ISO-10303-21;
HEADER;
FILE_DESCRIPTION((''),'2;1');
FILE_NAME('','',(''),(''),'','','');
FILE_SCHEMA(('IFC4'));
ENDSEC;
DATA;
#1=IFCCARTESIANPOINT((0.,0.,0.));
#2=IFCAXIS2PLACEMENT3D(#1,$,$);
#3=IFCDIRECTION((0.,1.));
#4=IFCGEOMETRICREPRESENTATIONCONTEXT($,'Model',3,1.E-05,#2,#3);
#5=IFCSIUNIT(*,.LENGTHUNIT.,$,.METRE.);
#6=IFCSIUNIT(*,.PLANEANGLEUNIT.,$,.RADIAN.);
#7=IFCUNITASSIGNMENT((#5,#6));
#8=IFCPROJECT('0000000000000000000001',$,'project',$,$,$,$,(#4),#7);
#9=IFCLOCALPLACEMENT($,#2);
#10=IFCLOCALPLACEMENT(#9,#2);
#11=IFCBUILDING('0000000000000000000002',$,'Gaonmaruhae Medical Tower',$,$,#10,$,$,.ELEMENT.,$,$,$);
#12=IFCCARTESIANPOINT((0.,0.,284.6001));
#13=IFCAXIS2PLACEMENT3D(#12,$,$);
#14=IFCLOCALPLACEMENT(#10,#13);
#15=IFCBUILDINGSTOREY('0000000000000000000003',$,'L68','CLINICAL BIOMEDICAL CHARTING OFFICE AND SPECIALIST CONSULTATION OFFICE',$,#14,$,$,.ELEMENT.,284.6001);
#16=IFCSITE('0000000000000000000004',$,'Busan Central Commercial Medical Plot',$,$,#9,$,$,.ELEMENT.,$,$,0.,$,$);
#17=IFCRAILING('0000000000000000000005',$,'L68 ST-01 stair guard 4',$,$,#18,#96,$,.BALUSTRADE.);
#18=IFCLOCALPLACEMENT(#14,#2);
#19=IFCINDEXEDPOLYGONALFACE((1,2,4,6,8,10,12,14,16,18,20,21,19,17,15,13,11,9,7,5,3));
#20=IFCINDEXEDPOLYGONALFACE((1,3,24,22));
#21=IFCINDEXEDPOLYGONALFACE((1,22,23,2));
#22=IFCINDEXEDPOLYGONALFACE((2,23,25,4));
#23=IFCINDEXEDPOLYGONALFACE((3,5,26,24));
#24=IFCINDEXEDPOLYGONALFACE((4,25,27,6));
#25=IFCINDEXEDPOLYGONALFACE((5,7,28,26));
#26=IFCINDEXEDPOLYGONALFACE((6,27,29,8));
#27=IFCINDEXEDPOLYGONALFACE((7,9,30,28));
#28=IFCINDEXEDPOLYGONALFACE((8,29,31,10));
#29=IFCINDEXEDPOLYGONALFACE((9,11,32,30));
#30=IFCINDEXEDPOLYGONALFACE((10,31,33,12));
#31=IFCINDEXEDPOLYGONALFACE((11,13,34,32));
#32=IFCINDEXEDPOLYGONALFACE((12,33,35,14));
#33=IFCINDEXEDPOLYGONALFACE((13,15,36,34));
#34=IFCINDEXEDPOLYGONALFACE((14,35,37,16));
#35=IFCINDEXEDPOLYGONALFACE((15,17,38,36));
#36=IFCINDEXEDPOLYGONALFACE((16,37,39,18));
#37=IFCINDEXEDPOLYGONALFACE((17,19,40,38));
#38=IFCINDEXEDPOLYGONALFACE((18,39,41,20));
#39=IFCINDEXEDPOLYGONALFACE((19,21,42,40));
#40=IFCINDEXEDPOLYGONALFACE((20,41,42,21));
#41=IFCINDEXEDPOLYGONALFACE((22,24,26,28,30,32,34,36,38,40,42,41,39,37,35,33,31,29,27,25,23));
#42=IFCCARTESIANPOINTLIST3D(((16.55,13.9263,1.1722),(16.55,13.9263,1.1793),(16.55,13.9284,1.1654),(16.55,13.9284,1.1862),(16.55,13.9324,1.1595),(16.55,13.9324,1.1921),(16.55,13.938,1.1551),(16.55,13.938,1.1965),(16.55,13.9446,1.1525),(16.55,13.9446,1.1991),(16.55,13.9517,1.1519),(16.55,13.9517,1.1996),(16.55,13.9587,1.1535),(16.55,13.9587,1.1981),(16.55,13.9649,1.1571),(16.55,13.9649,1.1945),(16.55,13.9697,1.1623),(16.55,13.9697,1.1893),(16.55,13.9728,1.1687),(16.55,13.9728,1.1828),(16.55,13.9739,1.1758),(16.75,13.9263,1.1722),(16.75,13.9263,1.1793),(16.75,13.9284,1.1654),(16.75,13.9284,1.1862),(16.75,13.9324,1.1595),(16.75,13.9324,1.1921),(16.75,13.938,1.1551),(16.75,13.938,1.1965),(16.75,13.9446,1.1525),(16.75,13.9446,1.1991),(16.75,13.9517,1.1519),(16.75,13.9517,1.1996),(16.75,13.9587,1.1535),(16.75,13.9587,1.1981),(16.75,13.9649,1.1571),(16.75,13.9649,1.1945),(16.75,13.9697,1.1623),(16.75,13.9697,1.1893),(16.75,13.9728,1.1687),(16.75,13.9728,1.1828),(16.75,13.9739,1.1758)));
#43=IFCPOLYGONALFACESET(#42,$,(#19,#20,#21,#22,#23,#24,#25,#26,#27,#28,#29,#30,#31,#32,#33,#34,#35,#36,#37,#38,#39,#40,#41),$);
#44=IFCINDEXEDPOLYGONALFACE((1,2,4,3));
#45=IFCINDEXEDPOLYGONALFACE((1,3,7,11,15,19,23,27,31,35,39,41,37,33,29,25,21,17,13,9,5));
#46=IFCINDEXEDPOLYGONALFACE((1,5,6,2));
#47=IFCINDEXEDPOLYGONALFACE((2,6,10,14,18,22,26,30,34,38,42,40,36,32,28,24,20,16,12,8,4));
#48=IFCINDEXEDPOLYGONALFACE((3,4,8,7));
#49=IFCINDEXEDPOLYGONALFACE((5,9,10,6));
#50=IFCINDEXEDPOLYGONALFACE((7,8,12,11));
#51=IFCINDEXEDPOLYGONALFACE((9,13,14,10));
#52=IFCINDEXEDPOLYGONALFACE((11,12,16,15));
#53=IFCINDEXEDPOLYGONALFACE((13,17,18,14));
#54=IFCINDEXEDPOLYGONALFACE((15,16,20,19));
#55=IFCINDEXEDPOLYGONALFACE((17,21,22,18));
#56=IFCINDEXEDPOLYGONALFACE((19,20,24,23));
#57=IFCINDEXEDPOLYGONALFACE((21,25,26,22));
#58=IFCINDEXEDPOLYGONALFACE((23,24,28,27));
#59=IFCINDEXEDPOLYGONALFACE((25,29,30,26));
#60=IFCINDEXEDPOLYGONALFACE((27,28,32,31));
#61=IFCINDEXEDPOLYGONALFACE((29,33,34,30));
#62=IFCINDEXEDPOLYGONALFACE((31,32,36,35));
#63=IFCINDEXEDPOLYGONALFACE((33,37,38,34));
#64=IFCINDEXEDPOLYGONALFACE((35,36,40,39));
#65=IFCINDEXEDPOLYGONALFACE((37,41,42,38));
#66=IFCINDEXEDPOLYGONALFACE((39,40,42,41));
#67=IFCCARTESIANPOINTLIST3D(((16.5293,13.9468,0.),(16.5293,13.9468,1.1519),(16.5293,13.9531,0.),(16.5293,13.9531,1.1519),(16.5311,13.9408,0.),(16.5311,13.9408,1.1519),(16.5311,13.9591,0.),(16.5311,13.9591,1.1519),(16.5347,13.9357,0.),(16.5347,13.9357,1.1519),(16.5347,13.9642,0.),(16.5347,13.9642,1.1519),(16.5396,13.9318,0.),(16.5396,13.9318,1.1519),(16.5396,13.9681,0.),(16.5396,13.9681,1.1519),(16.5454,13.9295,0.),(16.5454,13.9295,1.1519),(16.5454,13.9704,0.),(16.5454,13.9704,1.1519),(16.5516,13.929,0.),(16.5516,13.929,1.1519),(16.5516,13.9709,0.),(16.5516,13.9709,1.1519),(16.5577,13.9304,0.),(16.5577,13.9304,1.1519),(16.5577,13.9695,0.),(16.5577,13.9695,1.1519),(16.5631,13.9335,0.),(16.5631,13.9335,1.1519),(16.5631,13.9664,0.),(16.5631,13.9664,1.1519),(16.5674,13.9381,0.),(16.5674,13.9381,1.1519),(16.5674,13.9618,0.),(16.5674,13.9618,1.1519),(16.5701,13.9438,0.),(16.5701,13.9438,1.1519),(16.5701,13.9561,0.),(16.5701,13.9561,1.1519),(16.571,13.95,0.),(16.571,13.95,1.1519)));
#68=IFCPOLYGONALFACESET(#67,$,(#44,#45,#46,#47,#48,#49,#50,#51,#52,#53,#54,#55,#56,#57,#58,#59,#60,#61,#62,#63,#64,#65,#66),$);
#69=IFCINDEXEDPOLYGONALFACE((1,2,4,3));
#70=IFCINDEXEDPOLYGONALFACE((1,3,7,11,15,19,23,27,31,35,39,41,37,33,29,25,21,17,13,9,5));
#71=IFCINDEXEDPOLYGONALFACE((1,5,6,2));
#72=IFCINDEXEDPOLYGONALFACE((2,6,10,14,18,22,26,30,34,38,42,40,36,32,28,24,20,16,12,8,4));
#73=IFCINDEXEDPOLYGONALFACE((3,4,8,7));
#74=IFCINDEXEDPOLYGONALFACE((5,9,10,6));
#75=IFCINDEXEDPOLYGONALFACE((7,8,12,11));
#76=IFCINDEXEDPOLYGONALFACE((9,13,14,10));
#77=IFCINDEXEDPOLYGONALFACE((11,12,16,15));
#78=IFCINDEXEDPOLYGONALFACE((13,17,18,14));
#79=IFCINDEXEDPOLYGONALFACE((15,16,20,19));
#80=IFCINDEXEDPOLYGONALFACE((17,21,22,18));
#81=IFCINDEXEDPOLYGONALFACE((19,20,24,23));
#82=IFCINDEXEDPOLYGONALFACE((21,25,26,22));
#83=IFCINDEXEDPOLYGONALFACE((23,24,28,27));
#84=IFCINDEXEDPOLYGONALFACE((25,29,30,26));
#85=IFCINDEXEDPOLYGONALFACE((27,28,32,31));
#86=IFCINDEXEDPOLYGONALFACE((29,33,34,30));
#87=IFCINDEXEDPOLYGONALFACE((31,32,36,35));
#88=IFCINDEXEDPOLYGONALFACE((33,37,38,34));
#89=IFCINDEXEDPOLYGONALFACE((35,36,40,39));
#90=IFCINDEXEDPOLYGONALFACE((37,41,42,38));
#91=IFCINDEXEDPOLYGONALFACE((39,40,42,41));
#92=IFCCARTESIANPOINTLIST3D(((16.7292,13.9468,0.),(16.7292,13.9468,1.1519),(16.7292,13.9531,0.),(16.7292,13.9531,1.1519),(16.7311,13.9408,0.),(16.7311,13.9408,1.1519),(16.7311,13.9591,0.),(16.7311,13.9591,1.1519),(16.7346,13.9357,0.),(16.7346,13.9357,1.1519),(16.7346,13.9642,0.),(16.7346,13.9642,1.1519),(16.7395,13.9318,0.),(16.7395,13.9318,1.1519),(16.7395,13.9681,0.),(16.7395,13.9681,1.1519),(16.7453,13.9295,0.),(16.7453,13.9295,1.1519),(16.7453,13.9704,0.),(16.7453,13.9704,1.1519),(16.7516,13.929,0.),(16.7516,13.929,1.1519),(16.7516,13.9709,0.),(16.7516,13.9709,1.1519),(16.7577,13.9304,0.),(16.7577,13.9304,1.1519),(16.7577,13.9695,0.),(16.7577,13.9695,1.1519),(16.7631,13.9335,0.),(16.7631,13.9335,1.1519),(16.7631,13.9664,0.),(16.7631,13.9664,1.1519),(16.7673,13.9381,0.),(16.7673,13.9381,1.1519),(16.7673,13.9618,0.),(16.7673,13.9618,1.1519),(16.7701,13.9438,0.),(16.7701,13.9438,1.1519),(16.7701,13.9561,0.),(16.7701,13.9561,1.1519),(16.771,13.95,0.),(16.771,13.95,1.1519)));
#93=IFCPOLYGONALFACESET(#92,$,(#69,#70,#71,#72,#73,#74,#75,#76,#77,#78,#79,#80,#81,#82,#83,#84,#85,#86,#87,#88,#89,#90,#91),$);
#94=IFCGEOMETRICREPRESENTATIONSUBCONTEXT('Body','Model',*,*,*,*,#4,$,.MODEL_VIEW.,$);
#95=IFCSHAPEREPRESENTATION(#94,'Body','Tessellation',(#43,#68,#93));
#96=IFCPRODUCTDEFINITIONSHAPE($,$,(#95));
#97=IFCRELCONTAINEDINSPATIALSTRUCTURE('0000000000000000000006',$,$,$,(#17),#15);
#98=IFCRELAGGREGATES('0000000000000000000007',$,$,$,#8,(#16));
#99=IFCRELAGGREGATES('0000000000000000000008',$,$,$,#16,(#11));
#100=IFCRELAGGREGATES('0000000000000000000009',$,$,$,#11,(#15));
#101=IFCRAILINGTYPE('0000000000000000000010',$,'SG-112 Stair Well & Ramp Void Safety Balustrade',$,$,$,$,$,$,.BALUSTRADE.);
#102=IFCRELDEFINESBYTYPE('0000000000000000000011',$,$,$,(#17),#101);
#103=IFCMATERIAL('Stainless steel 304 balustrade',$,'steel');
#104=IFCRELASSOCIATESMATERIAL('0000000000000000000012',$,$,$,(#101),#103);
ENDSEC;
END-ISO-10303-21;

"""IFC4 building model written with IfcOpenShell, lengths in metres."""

from ifc_helpers import new_model, si_unit, direction, frame, origin, origin_2d, place, context, subcontext, project, spatial, circle, extrude, material, type_object, element, save


model = new_model("IFC4")

# Units and contexts
model_context = context("Model", 3, precision=1e-05, world=origin(), true_north=direction((0.0, 1.0)))
body_context = subcontext(model_context, "Body", "Model", "MODEL_VIEW")
ifc_project = project(units=[si_unit("LENGTHUNIT", "METRE"), si_unit("PLANEANGLEUNIT", "RADIAN")], contexts=[model_context])

# Site, building, storey
site_placement = place(None, origin())
site = spatial("IfcSite", under=ifc_project, at=site_placement, Name="Busan Central Commercial Medical Plot", CompositionType="ELEMENT", RefElevation=0.0)
building_placement = place(site_placement, origin())
building = spatial("IfcBuilding", under=site, at=building_placement, Name="Gaonmaruhae Medical Tower", CompositionType="ELEMENT")
storey_placement = place(building_placement, frame((0.0, 0.0, 284.6001)))
storey = spatial("IfcBuildingStorey", under=building, at=storey_placement, Name="L68", Description="CLINICAL BIOMEDICAL CHARTING OFFICE AND SPECIALIST CONSULTATION OFFICE", CompositionType="ELEMENT", Elevation=284.6001)

# Railing
ifc_material_1 = material(Name="Stainless steel 304 balustrade", Category="steel")
railing_type_1 = type_object("IfcRailingType", Name="SG-112 Stair Well & Ramp Void Safety Balustrade", PredefinedType="BALUSTRADE", material=ifc_material_1)
railing_1_placement = place(storey_placement, frame((16.55, 13.95, 0.0)))
element("IfcRailing", 1, at=railing_1_placement, inside=storey, type_object=railing_type_1, Name="L68 ST-01 stair guard 4", PredefinedType="BALUSTRADE", context=body_context, shape_type="SweptSolid", body=[
    extrude(circle(Radius=0.0239, at=origin_2d()), frame((0.0, 0.0, 1.1758), z_axis=(1.0, 0.0, 0.0), x_axis=(0.0, 1.0, 0.0)), (0.0, 0.0, 1.0), 0.2),
    extrude(circle(Radius=0.021, at=origin_2d()), origin(), (0.0, 0.0, 1.0), 1.1519),
    extrude(circle(Radius=0.021, at=origin_2d()), frame((0.2, 0.0, 0.0)), (0.0, 0.0, 1.0), 1.1519),
])

save(model, "model.ifc")
